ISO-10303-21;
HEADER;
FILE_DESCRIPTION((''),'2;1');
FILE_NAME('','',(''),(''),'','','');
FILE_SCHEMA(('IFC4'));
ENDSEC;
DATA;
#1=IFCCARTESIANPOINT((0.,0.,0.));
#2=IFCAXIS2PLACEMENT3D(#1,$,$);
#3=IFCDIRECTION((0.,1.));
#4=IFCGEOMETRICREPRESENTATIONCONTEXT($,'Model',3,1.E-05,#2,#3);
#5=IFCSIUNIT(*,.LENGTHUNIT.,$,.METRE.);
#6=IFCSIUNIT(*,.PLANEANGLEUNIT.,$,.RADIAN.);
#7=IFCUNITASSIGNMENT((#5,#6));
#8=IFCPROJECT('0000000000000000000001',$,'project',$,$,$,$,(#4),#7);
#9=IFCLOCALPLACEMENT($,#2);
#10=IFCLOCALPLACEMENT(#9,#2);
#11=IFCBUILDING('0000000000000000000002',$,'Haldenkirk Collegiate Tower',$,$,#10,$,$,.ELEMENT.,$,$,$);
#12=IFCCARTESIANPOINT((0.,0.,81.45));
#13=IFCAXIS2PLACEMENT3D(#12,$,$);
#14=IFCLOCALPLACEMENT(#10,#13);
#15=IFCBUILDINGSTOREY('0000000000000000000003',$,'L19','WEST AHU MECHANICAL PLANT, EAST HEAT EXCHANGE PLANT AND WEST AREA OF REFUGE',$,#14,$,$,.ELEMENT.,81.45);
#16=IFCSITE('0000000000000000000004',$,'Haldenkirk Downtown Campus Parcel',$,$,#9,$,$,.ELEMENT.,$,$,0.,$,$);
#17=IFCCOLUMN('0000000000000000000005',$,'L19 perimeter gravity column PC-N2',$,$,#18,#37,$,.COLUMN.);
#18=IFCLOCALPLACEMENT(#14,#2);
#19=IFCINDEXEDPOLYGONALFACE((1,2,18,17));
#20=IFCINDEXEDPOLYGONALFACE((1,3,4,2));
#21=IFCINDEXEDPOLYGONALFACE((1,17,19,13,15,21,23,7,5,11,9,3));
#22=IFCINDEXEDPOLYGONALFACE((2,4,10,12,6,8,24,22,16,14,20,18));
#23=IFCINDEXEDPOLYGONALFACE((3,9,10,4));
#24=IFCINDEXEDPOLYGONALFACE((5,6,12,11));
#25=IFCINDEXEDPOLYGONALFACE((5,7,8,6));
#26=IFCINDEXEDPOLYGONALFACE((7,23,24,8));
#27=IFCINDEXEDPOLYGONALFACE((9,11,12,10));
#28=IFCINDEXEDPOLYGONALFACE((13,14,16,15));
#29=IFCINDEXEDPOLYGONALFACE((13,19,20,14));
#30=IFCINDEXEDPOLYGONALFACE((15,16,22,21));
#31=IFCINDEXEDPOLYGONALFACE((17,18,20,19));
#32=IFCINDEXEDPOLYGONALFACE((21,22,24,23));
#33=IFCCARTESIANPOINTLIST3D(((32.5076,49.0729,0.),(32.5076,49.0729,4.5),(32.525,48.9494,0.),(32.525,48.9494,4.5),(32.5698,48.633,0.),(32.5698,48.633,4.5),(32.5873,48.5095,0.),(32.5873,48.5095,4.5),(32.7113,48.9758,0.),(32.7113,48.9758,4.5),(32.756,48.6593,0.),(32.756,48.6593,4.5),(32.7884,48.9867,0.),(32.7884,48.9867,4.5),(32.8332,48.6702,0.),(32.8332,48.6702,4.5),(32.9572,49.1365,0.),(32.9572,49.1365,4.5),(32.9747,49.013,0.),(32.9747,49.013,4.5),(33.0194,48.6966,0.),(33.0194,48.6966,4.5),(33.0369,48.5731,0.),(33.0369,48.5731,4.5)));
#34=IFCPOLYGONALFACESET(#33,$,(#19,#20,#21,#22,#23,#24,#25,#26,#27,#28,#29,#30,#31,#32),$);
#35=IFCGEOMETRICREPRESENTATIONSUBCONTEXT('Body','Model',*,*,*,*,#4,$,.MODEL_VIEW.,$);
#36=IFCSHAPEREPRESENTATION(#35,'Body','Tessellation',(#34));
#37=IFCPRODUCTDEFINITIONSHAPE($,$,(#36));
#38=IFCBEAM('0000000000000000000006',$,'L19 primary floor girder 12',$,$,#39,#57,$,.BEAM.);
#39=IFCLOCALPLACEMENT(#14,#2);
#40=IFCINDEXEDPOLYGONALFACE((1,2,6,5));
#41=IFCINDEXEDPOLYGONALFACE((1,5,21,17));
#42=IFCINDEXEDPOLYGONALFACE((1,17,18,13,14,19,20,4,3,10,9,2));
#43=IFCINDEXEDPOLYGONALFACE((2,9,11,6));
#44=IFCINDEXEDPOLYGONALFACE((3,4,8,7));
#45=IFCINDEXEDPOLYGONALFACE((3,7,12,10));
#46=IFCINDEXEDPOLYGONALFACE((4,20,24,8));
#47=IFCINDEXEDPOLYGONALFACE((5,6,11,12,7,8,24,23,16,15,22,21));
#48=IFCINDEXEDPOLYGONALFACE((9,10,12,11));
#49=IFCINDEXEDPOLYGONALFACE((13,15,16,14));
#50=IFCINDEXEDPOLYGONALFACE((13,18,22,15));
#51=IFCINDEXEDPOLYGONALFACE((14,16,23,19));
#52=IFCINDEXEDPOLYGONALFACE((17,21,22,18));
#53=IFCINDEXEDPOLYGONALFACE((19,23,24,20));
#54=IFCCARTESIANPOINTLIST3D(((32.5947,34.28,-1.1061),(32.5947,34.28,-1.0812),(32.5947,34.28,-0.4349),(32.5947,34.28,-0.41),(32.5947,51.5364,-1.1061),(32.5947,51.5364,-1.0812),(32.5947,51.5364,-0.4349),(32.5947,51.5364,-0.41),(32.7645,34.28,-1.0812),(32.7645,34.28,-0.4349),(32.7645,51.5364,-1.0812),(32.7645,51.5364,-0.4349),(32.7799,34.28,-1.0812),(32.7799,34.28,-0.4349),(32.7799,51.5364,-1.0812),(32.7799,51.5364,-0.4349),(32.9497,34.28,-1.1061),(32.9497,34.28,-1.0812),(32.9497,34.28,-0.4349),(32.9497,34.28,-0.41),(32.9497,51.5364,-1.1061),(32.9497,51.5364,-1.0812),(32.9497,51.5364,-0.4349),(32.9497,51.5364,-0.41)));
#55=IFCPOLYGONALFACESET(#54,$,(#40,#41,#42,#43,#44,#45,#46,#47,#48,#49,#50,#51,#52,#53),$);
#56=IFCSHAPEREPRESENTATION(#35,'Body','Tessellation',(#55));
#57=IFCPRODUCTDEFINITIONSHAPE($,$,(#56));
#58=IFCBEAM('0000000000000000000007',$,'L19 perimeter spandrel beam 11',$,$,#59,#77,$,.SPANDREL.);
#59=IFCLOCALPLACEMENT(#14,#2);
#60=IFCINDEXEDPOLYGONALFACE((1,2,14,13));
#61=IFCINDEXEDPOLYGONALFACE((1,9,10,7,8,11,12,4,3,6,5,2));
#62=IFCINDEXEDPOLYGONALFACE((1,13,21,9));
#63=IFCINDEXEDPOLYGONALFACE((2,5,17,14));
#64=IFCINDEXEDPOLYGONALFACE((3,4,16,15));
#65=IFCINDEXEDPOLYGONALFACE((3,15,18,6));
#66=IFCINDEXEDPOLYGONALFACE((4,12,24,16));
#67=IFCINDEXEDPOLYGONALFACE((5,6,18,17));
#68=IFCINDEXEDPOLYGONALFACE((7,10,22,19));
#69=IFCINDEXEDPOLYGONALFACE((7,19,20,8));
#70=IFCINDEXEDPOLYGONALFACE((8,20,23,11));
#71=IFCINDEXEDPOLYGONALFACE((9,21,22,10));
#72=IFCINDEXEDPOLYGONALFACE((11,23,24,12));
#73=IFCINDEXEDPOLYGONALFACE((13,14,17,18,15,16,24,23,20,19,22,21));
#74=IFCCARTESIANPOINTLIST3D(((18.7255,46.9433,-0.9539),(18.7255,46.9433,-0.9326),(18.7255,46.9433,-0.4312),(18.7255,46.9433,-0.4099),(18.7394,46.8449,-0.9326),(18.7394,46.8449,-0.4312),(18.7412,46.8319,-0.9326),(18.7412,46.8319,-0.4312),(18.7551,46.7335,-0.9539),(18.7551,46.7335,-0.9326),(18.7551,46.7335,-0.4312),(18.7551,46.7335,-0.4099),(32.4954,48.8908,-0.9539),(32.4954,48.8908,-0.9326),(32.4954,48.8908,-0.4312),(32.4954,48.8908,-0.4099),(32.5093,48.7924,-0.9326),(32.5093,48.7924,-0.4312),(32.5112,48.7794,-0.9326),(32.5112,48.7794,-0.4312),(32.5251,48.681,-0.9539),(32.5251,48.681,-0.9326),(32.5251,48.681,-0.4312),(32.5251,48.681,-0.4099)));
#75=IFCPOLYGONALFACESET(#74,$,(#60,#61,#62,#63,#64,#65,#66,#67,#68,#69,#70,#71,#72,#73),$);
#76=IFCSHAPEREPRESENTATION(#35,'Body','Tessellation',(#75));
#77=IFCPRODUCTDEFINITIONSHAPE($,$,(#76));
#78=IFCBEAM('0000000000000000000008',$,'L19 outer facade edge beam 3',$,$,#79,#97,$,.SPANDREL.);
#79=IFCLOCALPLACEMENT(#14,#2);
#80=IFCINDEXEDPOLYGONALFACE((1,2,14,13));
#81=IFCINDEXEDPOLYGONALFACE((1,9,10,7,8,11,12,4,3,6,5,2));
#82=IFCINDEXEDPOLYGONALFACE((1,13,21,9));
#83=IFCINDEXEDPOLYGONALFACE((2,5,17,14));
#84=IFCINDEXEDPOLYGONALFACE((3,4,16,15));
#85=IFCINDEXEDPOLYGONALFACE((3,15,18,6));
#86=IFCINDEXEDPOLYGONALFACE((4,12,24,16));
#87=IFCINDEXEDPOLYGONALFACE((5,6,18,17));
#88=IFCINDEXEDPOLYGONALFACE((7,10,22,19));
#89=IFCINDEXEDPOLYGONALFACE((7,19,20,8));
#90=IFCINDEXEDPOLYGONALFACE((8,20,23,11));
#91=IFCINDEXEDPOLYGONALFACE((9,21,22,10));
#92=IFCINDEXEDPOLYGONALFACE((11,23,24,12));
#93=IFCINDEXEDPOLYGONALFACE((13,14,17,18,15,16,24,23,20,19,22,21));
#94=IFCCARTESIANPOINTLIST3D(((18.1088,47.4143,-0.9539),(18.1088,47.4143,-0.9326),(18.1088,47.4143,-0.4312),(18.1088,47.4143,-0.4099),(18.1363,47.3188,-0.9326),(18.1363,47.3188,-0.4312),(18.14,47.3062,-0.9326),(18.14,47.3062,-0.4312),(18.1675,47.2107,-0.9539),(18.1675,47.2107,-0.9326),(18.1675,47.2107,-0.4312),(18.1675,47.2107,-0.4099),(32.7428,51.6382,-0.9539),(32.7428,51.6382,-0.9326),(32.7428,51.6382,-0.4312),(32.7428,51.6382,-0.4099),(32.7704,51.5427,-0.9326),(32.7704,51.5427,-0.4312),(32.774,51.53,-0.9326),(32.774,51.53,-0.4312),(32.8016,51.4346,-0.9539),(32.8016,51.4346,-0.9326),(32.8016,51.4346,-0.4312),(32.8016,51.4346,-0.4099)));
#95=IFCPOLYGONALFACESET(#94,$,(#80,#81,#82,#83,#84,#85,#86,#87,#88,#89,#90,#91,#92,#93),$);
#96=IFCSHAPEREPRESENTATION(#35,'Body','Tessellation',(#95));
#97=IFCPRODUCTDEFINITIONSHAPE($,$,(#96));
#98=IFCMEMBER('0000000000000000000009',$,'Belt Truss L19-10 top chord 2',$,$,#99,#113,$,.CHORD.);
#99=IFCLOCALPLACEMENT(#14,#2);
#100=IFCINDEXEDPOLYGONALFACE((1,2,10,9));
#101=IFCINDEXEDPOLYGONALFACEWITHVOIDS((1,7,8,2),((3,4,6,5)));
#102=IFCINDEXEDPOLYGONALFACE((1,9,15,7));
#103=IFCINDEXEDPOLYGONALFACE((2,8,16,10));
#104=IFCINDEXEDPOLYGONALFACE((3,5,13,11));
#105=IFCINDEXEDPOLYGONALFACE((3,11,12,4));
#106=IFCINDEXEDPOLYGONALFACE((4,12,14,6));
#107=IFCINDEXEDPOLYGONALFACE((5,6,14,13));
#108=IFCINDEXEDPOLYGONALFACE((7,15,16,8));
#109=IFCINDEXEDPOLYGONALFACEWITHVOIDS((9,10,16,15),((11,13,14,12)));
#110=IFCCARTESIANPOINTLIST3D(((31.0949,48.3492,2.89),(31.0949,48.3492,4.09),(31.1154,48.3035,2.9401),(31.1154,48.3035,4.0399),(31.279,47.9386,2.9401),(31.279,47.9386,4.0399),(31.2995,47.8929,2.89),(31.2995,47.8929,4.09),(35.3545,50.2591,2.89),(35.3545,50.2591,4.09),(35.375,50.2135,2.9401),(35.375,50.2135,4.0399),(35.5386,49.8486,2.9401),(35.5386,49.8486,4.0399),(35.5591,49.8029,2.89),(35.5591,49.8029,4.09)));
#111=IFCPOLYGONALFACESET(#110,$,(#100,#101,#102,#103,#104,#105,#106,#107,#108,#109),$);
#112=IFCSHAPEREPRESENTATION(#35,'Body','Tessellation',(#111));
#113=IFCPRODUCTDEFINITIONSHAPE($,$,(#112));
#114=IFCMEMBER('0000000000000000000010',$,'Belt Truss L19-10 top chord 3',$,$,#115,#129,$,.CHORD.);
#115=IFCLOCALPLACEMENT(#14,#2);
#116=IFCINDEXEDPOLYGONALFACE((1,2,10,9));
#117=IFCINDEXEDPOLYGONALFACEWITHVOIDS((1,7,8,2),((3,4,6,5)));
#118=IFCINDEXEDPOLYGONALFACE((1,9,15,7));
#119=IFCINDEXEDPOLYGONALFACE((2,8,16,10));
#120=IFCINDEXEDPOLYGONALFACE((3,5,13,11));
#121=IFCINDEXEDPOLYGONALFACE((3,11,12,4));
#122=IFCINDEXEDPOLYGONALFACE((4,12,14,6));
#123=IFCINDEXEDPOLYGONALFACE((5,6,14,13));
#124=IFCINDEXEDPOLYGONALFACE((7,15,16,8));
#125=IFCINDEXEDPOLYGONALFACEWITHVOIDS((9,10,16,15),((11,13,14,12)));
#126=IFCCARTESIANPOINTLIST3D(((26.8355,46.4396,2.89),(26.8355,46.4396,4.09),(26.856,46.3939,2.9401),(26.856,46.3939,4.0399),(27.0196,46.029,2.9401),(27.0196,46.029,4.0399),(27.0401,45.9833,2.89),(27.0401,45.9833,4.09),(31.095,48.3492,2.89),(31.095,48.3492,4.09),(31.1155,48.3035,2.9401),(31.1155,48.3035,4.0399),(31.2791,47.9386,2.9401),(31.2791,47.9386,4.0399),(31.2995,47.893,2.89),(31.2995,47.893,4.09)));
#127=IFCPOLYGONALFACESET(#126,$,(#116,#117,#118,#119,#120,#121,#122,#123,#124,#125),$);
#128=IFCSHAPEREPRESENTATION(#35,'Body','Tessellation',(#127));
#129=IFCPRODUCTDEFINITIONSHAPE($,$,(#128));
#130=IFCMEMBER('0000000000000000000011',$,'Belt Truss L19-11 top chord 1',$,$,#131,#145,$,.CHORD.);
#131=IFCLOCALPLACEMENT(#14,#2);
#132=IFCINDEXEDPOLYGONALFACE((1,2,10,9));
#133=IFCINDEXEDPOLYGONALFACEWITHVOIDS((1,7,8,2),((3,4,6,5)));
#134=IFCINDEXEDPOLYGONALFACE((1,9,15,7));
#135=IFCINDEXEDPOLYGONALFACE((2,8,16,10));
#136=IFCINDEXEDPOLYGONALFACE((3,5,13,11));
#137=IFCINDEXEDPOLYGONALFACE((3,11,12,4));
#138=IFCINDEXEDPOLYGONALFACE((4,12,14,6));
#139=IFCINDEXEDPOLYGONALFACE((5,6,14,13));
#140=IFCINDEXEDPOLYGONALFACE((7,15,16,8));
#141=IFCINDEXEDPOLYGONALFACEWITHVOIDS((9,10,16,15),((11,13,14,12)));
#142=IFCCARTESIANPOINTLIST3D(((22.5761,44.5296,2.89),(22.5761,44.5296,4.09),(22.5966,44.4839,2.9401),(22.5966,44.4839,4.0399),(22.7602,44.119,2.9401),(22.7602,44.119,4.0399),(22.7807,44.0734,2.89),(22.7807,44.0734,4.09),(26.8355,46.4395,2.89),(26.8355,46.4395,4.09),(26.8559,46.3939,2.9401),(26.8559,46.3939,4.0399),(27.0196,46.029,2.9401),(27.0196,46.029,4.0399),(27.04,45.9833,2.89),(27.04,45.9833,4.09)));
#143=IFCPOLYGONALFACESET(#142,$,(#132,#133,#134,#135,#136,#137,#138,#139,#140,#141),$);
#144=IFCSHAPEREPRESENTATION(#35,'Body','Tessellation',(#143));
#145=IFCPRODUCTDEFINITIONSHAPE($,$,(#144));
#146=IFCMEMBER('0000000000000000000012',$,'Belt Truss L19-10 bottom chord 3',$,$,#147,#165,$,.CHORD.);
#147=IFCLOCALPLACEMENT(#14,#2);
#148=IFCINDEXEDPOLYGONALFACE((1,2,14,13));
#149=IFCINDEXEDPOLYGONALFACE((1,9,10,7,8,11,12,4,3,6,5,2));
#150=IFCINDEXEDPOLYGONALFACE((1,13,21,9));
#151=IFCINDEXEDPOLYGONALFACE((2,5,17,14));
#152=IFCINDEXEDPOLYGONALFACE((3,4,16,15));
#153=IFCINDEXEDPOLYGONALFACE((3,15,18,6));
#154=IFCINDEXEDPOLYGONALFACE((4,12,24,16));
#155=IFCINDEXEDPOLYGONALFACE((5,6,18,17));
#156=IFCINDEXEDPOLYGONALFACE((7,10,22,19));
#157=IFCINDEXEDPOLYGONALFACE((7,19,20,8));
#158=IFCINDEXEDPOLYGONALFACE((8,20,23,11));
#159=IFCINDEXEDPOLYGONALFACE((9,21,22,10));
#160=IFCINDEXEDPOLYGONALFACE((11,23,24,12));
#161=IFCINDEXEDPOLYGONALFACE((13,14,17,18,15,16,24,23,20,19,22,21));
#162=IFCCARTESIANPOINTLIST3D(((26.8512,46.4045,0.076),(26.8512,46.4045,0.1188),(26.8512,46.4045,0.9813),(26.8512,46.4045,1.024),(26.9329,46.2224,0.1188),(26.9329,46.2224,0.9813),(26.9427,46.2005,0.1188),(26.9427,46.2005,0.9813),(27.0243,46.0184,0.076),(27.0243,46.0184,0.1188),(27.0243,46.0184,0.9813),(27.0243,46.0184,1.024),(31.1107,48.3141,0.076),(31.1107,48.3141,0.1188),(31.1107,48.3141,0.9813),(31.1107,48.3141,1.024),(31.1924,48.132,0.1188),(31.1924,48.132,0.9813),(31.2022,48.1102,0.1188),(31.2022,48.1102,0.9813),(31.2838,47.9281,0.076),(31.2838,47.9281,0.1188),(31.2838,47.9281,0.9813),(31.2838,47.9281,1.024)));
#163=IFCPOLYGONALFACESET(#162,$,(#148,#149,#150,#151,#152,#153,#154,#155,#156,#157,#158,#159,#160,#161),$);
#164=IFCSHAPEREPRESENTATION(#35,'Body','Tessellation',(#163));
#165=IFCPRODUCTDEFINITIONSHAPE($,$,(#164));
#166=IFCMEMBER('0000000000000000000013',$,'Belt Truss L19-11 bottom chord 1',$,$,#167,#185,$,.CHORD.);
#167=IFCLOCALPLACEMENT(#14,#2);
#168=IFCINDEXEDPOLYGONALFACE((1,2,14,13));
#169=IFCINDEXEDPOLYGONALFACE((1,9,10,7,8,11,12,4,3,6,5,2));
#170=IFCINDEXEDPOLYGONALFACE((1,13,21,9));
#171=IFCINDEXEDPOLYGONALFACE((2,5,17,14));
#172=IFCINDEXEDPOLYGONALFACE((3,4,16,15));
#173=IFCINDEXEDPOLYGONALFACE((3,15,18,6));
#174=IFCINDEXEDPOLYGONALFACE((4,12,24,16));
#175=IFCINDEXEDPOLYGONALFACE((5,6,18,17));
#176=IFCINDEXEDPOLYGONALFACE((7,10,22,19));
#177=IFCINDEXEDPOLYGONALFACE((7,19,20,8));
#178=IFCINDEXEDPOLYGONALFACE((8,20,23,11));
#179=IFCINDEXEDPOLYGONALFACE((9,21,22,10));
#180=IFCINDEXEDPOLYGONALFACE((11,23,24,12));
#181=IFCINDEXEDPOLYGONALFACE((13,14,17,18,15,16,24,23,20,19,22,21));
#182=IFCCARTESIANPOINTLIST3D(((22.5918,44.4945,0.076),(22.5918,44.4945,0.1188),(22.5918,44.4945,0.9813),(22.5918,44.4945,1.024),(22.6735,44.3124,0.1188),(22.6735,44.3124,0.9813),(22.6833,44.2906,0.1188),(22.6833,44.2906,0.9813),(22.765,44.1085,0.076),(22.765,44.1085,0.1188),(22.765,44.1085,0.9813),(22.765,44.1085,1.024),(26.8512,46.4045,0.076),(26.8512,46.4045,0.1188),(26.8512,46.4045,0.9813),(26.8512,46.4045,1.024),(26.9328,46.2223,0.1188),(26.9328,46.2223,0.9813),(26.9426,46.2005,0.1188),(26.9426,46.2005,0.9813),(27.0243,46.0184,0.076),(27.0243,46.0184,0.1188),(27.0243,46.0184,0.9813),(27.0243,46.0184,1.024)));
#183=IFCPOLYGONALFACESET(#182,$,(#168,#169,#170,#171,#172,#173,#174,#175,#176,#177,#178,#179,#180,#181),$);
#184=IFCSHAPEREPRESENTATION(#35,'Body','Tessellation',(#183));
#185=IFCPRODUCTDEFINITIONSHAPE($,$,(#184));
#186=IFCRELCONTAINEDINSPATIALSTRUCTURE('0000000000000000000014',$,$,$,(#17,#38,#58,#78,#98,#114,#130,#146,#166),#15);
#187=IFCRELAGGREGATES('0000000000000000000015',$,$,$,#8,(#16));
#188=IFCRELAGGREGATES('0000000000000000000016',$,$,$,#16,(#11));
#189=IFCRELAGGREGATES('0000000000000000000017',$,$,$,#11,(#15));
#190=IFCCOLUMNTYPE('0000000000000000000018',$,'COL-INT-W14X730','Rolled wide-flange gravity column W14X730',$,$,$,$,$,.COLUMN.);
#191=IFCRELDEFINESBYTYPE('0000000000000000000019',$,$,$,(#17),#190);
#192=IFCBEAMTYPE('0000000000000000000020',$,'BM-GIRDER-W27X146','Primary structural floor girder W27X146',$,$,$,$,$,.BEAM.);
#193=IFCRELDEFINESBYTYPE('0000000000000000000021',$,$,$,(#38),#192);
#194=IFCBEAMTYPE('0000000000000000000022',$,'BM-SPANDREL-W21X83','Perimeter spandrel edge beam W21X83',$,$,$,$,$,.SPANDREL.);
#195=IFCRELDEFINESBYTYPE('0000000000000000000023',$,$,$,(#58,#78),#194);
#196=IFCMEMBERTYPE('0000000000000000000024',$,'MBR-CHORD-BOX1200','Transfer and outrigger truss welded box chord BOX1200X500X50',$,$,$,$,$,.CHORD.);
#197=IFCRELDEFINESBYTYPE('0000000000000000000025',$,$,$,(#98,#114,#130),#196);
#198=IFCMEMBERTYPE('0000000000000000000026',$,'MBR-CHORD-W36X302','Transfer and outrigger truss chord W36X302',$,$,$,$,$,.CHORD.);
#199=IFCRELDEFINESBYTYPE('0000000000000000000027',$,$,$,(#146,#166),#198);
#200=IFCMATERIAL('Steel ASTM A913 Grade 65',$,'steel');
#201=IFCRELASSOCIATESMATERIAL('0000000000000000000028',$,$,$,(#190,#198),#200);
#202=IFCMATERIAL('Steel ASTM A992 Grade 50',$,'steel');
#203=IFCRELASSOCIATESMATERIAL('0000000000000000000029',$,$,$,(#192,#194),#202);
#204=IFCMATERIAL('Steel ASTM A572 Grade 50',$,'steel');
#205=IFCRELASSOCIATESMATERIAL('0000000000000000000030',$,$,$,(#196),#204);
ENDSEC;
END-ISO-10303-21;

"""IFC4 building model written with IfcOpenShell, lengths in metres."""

from ifc_helpers import new_model, si_unit, direction, frame, origin, origin_2d, place, context, subcontext, project, spatial, hollow_rectangle, i_section, extrude, material, material_profile, profile_set, type_object, element, save


model = new_model("IFC4")

# Units and contexts
model_context = context("Model", 3, precision=1e-05, world=origin(), true_north=direction((0.0, 1.0)))
body_context = subcontext(model_context, "Body", "Model", "MODEL_VIEW")
ifc_project = project(units=[si_unit("LENGTHUNIT", "METRE"), si_unit("PLANEANGLEUNIT", "RADIAN")], contexts=[model_context])

# Site, building, storey
site_placement = place(None, origin())
site = spatial("IfcSite", under=ifc_project, at=site_placement, Name="Haldenkirk Downtown Campus Parcel", CompositionType="ELEMENT", RefElevation=0.0)
building_placement = place(site_placement, origin())
building = spatial("IfcBuilding", under=site, at=building_placement, Name="Haldenkirk Collegiate Tower", CompositionType="ELEMENT")
storey_placement = place(building_placement, frame((0.0, 0.0, 81.45)))
storey = spatial("IfcBuildingStorey", under=building, at=storey_placement, Name="L19", Description="WEST AHU MECHANICAL PLANT, EAST HEAT EXCHANGE PLANT AND WEST AREA OF REFUGE", CompositionType="ELEMENT", Elevation=81.45)

# Column
ifc_material_1 = material(Name="Steel ASTM A913 Grade 65", Category="steel")
ifc_material_profile_1 = material_profile(ifc_material_1, i_section(OverallWidth=0.4541, OverallDepth=0.5691, WebThickness=0.0779, FlangeThickness=0.1248, at=origin_2d()), Name="W14X730")
ifc_profile_set_1 = profile_set([ifc_material_profile_1], Name="Steel ASTM A913 Grade 65")
column_type = type_object("IfcColumnType", Name="COL-INT-W14X730", Description="Rolled wide-flange gravity column W14X730", PredefinedType="COLUMN", material=ifc_profile_set_1)
column_placement = place(storey_placement, frame((32.7722, 48.823, 0.0), z_axis=(0.0, 0.0, 1.0), x_axis=(0.990146, 0.140037, 0.0)))
element("IfcColumn", 1, at=column_placement, inside=storey, type_object=column_type, Name="L19 perimeter gravity column PC-N2", PredefinedType="COLUMN", context=body_context, shape_type="SweptSolid", body=[
    extrude(i_section(OverallWidth=0.4541, OverallDepth=0.5691, WebThickness=0.0779, FlangeThickness=0.1248, at=origin_2d()), origin(), (0.0, 0.0, 1.0), 4.5),
])

# Beams
ifc_material_2 = material(Name="Steel ASTM A992 Grade 50", Category="steel")
ifc_material_profile_2 = material_profile(ifc_material_2, i_section(OverallWidth=0.355, OverallDepth=0.696, WebThickness=0.0154, FlangeThickness=0.0249, at=origin_2d()), Name="W27X146")
ifc_profile_set_2 = profile_set([ifc_material_profile_2], Name="Steel ASTM A992 Grade 50")
beam_type_1 = type_object("IfcBeamType", Name="BM-GIRDER-W27X146", Description="Primary structural floor girder W27X146", PredefinedType="BEAM", material=ifc_profile_set_2)
beam_1_placement = place(storey_placement, frame((32.7722, 51.5364, -0.7581), z_axis=(0.0, -1.0, 0.0), x_axis=(1.0, 0.0, 0.0)))
element("IfcBeam", 2, at=beam_1_placement, inside=storey, type_object=beam_type_1, Name="L19 primary floor girder 12", PredefinedType="BEAM", context=body_context, shape_type="SweptSolid", body=[
    extrude(i_section(OverallWidth=0.355, OverallDepth=0.696, WebThickness=0.0154, FlangeThickness=0.0249, at=origin_2d()), origin(), (0.0, 0.0, 1.0), 17.2563),
])
ifc_material_profile_3 = material_profile(ifc_material_2, i_section(OverallWidth=0.2119, OverallDepth=0.5439, WebThickness=0.0132, FlangeThickness=0.0212, at=origin_2d()), Name="W21X83")
ifc_profile_set_3 = profile_set([ifc_material_profile_3], Name="Steel ASTM A992 Grade 50")
beam_type_2 = type_object("IfcBeamType", Name="BM-SPANDREL-W21X83", Description="Perimeter spandrel edge beam W21X83", PredefinedType="SPANDREL", material=ifc_profile_set_3)
beam_2_placement = place(storey_placement, frame((32.5103, 48.7859, -0.6819), z_axis=(-0.990146, -0.140038, 0.0), x_axis=(0.140038, -0.990146, 0.0)))
element("IfcBeam", 3, at=beam_2_placement, inside=storey, type_object=beam_type_2, Name="L19 perimeter spandrel beam 11", PredefinedType="SPANDREL", context=body_context, shape_type="SweptSolid", body=[
    extrude(i_section(OverallWidth=0.2119, OverallDepth=0.5439, WebThickness=0.0132, FlangeThickness=0.0212, at=origin_2d()), origin(), (0.0, 0.0, 1.0), 13.907),
])
beam_3_placement = place(storey_placement, frame((32.7722, 51.5364, -0.6819), z_axis=(-0.960779, -0.277313, 0.0), x_axis=(0.277313, -0.960779, 0.0)))
element("IfcBeam", 4, at=beam_3_placement, inside=storey, type_object=beam_type_2, Name="L19 outer facade edge beam 3", PredefinedType="SPANDREL", context=body_context, shape_type="SweptSolid", body=[
    extrude(i_section(OverallWidth=0.2119, OverallDepth=0.5439, WebThickness=0.0132, FlangeThickness=0.0212, at=origin_2d()), origin(), (0.0, 0.0, 1.0), 15.2314),
])

# Members
ifc_material_3 = material(Name="Steel ASTM A572 Grade 50", Category="steel")
ifc_material_profile_4 = material_profile(ifc_material_3, hollow_rectangle(XDim=0.5, YDim=1.2, WallThickness=0.05, at=origin_2d()), Name="BOX1200X500X50")
ifc_profile_set_4 = profile_set([ifc_material_profile_4], Name="Steel ASTM A572 Grade 50")
member_type_1 = type_object("IfcMemberType", Name="MBR-CHORD-BOX1200", Description="Transfer and outrigger truss welded box chord BOX1200X500X50", PredefinedType="CHORD", material=ifc_profile_set_4)
member_placement = place(storey_placement, frame((35.4568, 50.031, 3.49), z_axis=(-0.912472, -0.40914, 0.0), x_axis=(0.40914, -0.912472, 0.0)))
element("IfcMember", 5, at=member_placement, inside=storey, type_object=member_type_1, Name="Belt Truss L19-10 top chord 2", PredefinedType="CHORD", context=body_context, shape_type="SweptSolid", body=[
    extrude(hollow_rectangle(XDim=0.5, YDim=1.2, WallThickness=0.05, at=origin_2d()), origin(), (0.0, 0.0, 1.0), 4.6682),
])
for number, where, z_axis, x_axis, name in (
    (6, (31.1973, 48.1211, 3.49), (-0.912491, -0.409096, 0.0), (0.409096, -0.912491, 0.0), "Belt Truss L19-10 top chord 3"),
    (7, (26.9377, 46.2114, 3.49), (-0.912463, -0.40916, 0.0), (0.40916, -0.912463, 0.0), "Belt Truss L19-11 top chord 1"),
):
    element("IfcMember", number, at=place(storey_placement, frame(where, z_axis=z_axis, x_axis=x_axis)), inside=storey, type_object=member_type_1, Name=name, PredefinedType="CHORD", context=body_context, shape_type="SweptSolid", body=[
        extrude(hollow_rectangle(XDim=0.5, YDim=1.2, WallThickness=0.05, at=origin_2d()), origin(), (0.0, 0.0, 1.0), 4.668),
    ])
ifc_material_profile_5 = material_profile(ifc_material_1, i_section(OverallWidth=0.4231, OverallDepth=0.948, WebThickness=0.0239, FlangeThickness=0.0427, at=origin_2d()), Name="W36X302")
ifc_profile_set_5 = profile_set([ifc_material_profile_5], Name="Steel ASTM A913 Grade 65")
member_type_2 = type_object("IfcMemberType", Name="MBR-CHORD-W36X302", Description="Transfer and outrigger truss chord W36X302", PredefinedType="CHORD", material=ifc_profile_set_5)
for number, where, z_axis, x_axis, name in (
    (8, (31.1973, 48.1211, 0.55), (-0.912491, -0.409096, 0.0), (0.409096, -0.912491, 0.0), "Belt Truss L19-10 bottom chord 3"),
    (9, (26.9377, 46.2114, 0.55), (-0.912463, -0.40916, 0.0), (0.40916, -0.912463, 0.0), "Belt Truss L19-11 bottom chord 1"),
):
    element("IfcMember", number, at=place(storey_placement, frame(where, z_axis=z_axis, x_axis=x_axis)), inside=storey, type_object=member_type_2, Name=name, PredefinedType="CHORD", context=body_context, shape_type="SweptSolid", body=[
        extrude(i_section(OverallWidth=0.4231, OverallDepth=0.948, WebThickness=0.0239, FlangeThickness=0.0427, at=origin_2d()), origin(), (0.0, 0.0, 1.0), 4.668),
    ])

save(model, "model.ifc")
